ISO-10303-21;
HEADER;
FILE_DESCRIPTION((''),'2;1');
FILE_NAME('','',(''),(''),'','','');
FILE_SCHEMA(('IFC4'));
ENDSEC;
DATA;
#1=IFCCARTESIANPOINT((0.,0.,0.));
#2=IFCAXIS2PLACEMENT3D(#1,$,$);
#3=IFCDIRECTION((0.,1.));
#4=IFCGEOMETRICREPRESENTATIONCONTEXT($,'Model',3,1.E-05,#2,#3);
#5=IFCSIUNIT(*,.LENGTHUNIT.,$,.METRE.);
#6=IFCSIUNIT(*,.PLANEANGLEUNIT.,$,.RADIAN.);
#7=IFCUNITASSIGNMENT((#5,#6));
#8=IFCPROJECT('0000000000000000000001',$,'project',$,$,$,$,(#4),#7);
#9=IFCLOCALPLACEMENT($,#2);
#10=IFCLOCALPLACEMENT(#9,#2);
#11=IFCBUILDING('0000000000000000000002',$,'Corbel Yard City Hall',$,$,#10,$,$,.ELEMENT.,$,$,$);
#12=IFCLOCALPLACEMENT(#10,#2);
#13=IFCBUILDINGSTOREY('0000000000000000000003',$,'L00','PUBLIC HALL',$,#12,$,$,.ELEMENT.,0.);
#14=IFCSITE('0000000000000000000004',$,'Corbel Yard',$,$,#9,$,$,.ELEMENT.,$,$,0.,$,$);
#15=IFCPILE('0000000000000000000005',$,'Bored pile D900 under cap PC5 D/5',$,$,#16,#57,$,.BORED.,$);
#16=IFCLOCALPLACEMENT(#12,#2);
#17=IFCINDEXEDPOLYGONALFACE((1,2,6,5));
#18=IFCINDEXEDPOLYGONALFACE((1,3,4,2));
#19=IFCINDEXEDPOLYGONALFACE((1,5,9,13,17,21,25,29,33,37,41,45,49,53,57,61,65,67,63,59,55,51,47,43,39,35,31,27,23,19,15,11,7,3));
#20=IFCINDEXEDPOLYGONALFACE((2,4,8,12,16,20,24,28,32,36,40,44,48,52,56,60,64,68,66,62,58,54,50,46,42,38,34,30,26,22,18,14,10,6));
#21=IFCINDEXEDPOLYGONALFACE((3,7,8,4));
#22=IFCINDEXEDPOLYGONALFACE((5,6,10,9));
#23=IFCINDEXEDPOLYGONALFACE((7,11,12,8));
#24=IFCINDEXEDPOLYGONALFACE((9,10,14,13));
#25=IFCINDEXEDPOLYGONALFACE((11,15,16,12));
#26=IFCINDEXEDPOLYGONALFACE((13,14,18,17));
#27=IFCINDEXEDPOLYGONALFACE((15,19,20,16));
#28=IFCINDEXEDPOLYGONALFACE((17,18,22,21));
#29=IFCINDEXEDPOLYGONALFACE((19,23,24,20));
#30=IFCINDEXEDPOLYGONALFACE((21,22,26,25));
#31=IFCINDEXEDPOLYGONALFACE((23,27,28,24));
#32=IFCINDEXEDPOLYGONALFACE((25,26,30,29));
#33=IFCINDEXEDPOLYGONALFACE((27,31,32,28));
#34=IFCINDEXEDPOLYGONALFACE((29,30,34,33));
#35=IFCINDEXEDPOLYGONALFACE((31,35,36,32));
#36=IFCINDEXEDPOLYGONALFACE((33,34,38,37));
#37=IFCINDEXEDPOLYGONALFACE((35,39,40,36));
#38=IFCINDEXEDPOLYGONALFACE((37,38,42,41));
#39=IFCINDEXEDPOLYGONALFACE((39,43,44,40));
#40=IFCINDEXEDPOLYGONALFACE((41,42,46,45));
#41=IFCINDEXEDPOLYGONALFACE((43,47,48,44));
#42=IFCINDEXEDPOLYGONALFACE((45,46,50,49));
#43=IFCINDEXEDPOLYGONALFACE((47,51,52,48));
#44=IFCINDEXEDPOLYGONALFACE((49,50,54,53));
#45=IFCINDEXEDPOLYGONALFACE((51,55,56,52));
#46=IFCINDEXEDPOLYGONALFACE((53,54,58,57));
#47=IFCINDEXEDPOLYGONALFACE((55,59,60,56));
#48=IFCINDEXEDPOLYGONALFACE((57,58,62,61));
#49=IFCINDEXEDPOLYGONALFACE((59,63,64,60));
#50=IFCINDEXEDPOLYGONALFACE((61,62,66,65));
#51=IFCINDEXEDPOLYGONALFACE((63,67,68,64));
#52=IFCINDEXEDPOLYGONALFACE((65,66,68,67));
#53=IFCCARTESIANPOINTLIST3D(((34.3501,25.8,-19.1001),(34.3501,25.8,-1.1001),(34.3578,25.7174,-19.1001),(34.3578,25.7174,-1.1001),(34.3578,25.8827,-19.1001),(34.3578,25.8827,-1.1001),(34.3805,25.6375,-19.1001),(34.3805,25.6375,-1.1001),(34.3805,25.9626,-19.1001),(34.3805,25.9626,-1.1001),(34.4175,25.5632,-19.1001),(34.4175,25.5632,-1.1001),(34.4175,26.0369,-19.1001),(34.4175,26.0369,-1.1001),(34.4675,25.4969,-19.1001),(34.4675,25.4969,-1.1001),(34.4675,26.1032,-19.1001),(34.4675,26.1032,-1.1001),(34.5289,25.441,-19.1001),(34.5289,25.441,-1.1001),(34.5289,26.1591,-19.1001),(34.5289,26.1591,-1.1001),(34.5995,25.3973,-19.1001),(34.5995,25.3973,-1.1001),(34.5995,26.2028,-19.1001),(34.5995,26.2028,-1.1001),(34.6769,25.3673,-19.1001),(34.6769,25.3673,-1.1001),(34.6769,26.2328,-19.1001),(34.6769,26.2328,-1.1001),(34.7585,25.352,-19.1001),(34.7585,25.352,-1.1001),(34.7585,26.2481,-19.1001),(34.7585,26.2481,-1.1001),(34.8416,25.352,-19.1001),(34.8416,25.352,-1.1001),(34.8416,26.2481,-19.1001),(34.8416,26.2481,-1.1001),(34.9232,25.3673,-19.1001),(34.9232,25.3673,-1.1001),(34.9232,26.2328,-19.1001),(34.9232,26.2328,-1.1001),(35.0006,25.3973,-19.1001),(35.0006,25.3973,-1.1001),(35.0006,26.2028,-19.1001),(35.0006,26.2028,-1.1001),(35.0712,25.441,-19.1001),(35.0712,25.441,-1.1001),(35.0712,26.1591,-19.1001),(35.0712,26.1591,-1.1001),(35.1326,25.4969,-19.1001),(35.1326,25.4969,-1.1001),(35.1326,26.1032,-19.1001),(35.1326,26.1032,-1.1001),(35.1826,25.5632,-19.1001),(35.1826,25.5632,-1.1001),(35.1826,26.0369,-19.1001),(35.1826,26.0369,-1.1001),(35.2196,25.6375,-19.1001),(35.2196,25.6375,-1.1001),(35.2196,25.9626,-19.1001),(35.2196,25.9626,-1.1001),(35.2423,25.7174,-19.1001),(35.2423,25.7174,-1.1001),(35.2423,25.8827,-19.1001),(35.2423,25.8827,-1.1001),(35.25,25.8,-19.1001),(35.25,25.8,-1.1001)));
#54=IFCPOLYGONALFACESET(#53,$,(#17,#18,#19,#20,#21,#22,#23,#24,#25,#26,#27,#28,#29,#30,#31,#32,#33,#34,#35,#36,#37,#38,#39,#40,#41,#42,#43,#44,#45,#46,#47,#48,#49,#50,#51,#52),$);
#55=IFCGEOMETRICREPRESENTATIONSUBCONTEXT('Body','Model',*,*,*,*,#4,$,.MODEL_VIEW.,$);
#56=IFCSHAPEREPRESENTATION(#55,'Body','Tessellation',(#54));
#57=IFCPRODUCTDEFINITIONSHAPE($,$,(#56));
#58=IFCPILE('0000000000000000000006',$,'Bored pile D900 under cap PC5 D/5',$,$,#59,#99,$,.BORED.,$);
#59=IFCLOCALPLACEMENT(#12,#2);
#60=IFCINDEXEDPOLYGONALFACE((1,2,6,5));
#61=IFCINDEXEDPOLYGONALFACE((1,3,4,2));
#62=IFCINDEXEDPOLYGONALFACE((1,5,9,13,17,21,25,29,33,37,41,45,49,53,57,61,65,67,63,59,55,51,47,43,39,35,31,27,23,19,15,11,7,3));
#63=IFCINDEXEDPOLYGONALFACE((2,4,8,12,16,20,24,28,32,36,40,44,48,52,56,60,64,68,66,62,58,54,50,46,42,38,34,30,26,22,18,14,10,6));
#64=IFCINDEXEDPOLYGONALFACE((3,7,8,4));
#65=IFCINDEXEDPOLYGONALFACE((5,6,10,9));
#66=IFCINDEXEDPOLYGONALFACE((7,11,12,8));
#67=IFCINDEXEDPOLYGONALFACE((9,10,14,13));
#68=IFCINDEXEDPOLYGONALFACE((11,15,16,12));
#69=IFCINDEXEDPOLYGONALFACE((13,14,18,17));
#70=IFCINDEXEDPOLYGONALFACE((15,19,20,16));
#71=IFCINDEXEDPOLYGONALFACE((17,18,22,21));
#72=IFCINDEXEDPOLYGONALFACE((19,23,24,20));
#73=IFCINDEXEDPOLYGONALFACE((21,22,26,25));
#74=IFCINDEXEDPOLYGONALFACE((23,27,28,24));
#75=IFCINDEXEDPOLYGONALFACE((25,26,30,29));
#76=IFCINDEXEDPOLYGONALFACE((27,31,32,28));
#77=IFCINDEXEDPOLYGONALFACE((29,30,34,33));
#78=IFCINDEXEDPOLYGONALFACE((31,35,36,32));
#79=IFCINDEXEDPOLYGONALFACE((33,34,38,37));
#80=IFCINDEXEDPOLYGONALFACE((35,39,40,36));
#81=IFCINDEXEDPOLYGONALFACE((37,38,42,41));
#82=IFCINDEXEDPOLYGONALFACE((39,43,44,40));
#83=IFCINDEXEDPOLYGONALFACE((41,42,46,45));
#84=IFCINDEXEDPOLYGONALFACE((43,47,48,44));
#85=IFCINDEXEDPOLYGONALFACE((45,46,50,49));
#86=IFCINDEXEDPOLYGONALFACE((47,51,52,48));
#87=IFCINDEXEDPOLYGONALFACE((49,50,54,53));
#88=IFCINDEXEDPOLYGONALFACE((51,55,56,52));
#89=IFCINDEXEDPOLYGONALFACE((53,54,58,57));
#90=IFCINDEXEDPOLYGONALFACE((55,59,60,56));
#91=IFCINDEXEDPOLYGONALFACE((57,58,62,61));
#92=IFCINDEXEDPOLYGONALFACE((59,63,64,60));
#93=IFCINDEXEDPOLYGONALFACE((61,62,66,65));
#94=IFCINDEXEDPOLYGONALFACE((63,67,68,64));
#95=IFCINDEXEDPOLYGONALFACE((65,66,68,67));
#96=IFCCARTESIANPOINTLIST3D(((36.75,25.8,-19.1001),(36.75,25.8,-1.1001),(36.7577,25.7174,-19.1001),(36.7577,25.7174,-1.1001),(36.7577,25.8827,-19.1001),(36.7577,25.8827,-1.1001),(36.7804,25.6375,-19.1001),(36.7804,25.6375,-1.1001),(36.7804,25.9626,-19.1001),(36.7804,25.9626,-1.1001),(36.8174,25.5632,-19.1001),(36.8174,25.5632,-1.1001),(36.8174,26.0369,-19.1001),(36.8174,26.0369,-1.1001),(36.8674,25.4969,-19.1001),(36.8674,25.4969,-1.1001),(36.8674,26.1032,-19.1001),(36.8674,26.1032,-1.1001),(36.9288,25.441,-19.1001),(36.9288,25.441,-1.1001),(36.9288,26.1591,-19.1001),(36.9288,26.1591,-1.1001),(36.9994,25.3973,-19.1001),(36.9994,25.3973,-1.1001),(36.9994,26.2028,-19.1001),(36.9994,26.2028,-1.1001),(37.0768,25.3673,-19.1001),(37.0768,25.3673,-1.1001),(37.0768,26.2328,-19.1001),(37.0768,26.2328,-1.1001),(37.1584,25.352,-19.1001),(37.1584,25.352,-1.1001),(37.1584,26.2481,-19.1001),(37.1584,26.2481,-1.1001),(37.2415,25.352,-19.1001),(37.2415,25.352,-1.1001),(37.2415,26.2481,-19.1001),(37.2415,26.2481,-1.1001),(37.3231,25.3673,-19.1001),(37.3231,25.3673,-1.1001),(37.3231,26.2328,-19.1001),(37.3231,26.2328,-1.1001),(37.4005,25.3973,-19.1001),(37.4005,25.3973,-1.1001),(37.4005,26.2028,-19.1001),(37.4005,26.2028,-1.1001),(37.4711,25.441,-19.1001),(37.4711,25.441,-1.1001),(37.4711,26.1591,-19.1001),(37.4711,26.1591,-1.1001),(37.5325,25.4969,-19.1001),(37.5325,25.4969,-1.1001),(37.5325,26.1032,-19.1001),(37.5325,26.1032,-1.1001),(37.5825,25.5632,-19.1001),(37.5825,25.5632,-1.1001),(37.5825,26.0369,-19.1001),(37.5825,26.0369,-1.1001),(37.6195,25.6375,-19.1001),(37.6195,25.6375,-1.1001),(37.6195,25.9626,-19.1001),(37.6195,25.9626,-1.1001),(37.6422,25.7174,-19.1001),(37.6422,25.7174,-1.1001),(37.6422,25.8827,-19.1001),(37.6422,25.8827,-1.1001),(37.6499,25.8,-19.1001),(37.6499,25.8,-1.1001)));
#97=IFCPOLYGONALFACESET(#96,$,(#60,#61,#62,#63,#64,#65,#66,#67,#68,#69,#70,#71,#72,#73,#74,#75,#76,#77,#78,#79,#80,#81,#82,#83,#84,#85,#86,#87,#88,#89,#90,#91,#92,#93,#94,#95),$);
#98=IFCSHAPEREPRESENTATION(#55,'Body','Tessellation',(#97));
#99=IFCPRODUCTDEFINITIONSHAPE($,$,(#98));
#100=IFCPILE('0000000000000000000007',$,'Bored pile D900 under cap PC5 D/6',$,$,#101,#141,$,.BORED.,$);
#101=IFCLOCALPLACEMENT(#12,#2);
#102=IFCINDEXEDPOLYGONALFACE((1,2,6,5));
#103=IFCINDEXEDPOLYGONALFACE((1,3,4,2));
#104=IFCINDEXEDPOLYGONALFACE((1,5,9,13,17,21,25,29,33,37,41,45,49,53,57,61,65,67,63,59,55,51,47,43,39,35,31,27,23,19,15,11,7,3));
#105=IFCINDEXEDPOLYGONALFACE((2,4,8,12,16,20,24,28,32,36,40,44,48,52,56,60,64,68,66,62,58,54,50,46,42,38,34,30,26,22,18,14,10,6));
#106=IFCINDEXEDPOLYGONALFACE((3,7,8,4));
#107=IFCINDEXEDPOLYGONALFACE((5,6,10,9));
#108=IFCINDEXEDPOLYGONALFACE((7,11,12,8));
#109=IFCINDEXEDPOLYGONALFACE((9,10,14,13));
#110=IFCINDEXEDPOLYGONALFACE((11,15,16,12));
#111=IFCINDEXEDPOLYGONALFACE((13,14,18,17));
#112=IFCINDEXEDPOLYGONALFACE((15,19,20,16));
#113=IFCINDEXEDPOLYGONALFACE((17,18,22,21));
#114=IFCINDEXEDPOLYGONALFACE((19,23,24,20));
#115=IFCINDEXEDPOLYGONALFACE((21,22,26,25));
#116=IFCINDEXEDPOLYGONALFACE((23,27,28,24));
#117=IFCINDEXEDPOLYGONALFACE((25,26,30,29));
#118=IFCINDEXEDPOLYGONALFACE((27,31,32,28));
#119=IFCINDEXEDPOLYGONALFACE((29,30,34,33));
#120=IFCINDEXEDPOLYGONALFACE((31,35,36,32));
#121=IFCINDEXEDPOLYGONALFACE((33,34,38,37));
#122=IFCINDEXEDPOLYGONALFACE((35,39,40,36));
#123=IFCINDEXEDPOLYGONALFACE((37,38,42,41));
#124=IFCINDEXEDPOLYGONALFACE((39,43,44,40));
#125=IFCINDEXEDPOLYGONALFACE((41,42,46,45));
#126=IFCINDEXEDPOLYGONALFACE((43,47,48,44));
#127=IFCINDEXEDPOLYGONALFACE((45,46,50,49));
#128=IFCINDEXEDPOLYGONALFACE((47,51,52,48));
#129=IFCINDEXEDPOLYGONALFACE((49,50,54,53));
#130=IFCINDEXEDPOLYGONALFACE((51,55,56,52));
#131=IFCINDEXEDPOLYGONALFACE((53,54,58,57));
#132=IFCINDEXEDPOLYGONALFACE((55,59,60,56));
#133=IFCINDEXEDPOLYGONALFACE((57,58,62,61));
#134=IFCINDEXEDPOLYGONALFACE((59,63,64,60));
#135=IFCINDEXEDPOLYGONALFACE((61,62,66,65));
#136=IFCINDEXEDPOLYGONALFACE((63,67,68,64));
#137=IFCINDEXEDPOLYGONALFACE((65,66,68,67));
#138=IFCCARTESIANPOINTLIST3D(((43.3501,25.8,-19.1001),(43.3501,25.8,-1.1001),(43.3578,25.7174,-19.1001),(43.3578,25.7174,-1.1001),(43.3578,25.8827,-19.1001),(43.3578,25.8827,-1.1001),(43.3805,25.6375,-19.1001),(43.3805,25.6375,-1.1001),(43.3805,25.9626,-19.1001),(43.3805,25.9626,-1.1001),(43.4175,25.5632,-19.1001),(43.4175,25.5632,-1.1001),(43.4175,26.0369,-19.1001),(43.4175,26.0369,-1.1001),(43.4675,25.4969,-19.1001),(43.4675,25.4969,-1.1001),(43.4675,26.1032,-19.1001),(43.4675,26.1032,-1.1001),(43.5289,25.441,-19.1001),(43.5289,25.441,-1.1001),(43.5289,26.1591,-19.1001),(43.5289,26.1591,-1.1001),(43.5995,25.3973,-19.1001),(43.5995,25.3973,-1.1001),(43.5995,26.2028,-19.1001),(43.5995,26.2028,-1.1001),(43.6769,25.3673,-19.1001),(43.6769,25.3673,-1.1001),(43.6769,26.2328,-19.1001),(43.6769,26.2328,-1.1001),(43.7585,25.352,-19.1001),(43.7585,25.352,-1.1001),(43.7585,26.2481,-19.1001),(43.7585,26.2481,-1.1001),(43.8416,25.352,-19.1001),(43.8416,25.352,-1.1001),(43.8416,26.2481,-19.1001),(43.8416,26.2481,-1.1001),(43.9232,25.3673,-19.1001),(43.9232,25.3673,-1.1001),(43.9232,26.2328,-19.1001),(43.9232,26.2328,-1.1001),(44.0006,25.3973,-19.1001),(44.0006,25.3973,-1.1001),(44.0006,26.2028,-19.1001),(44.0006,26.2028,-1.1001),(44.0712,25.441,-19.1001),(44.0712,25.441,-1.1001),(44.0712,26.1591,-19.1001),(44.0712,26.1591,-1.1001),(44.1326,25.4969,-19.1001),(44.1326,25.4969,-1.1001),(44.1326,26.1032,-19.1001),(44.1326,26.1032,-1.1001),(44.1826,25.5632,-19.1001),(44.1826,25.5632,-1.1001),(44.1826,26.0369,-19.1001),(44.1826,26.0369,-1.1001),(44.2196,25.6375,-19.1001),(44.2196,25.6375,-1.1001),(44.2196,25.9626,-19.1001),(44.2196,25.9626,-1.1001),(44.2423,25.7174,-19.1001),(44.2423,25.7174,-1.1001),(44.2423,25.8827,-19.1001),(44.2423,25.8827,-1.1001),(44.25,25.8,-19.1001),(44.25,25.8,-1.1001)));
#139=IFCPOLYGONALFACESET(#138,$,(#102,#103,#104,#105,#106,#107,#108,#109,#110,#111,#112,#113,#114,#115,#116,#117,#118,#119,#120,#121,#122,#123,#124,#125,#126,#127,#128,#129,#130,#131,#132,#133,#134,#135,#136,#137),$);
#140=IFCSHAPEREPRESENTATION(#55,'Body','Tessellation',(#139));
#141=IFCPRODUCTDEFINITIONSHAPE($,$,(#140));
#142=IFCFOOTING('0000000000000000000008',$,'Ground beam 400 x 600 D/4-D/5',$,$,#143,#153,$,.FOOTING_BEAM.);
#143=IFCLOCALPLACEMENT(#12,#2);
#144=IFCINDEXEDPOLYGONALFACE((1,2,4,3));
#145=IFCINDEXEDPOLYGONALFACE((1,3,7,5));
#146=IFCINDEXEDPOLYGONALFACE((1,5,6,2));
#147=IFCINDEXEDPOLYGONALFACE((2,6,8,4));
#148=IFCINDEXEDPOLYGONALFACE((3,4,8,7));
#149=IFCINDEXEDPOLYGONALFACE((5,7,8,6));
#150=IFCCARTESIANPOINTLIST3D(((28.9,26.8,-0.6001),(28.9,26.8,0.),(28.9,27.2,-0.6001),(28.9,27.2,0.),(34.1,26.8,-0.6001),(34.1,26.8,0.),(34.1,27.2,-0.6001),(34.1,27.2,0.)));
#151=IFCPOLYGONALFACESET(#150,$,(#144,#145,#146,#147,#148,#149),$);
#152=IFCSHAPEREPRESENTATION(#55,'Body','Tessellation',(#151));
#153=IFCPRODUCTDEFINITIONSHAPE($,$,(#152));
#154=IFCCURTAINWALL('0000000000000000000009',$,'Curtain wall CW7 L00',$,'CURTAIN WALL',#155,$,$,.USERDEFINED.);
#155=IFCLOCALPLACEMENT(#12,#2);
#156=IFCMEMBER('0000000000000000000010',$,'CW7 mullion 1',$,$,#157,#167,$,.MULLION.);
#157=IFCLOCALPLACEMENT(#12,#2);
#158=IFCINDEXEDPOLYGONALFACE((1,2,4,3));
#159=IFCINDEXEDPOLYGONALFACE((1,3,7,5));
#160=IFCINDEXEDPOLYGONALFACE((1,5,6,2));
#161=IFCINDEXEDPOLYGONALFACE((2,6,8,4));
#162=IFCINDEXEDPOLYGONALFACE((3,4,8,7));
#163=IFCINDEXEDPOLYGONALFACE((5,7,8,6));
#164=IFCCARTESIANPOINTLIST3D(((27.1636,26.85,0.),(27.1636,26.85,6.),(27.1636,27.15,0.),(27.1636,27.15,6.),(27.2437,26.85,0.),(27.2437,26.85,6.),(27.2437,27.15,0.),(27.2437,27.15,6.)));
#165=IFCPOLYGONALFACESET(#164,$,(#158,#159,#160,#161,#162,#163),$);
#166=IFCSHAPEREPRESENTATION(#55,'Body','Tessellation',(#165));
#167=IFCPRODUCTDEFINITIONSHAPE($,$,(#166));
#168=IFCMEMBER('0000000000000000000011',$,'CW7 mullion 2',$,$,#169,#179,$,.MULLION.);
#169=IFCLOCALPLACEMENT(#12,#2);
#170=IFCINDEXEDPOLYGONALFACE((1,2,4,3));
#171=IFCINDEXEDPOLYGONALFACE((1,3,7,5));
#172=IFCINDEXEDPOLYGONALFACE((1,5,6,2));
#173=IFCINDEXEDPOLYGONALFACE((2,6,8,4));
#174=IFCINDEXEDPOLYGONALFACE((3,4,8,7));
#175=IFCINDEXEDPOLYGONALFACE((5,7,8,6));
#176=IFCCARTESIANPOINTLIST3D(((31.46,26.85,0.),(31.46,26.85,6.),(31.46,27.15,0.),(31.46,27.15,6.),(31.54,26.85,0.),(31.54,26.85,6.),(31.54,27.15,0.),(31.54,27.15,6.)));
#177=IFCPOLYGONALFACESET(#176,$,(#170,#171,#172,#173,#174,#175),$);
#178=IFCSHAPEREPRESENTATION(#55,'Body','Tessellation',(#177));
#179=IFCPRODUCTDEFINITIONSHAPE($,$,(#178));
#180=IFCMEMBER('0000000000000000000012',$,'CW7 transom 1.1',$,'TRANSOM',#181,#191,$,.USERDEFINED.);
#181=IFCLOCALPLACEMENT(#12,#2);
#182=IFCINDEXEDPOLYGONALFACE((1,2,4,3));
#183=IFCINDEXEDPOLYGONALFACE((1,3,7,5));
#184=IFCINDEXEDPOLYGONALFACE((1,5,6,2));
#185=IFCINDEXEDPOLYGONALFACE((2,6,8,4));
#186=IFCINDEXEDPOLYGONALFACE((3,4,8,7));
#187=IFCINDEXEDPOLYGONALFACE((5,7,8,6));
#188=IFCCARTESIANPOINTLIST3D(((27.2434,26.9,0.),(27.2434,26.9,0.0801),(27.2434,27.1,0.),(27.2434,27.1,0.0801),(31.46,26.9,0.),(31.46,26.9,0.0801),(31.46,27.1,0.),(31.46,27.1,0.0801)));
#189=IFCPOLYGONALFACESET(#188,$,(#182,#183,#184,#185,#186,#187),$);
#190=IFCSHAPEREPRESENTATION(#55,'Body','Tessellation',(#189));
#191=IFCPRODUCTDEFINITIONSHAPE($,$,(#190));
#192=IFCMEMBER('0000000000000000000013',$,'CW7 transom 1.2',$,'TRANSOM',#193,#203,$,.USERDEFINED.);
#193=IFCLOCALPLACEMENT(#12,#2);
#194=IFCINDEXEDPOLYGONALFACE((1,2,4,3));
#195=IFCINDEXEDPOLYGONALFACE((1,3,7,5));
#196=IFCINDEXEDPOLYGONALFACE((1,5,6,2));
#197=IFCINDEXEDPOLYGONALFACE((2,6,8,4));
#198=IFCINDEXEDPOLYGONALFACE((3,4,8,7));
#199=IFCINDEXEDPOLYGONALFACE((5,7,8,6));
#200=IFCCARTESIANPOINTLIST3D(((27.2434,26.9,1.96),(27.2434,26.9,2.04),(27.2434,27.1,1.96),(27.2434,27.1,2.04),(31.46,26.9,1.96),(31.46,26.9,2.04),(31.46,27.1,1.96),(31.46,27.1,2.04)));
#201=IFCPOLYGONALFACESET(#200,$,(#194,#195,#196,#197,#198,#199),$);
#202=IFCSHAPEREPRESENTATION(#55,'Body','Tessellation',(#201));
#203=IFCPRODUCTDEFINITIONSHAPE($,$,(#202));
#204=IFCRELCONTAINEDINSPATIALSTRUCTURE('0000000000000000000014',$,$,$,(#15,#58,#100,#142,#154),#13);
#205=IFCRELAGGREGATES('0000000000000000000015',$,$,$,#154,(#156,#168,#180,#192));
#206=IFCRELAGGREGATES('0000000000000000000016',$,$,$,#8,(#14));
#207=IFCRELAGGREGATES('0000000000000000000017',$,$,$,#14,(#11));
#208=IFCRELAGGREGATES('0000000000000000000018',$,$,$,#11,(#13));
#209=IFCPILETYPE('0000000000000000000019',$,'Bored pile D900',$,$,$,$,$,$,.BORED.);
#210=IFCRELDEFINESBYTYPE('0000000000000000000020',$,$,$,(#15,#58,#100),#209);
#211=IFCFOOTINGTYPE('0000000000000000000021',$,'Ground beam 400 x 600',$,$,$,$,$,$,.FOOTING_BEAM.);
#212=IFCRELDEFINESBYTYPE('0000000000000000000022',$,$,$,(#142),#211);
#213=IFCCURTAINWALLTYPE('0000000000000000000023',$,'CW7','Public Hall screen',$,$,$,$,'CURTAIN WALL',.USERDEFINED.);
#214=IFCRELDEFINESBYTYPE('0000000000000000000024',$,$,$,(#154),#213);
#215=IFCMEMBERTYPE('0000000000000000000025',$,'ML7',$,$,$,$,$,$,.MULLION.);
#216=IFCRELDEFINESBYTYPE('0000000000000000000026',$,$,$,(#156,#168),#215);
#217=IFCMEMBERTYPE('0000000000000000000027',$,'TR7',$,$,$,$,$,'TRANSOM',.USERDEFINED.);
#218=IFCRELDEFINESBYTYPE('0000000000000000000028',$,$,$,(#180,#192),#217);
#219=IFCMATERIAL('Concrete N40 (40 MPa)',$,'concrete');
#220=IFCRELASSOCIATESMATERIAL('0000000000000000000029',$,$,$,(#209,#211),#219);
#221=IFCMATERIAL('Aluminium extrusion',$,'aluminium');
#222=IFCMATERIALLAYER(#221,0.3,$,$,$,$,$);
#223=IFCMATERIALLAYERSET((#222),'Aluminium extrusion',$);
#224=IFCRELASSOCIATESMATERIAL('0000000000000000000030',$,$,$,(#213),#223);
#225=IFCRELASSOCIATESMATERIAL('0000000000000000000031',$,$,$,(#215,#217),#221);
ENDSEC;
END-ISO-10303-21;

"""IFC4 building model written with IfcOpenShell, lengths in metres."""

from ifc_helpers import new_model, si_unit, direction, frame, origin, origin_2d, place, context, subcontext, project, spatial, rectangle, circle, extrude, material, layer, layer_set, material_profile, profile_set, type_object, element, aggregate, save


model = new_model("IFC4")

# Units and contexts
model_context = context("Model", 3, precision=1e-05, world=origin(), true_north=direction((0.0, 1.0)))
body_context = subcontext(model_context, "Body", "Model", "MODEL_VIEW")
ifc_project = project(units=[si_unit("LENGTHUNIT", "METRE"), si_unit("PLANEANGLEUNIT", "RADIAN")], contexts=[model_context])

# Site, building, storey
site_placement = place(None, origin())
site = spatial("IfcSite", under=ifc_project, at=site_placement, Name="Corbel Yard", CompositionType="ELEMENT", RefElevation=0.0)
building_placement = place(site_placement, origin())
building = spatial("IfcBuilding", under=site, at=building_placement, Name="Corbel Yard City Hall", CompositionType="ELEMENT")
storey_placement = place(building_placement, origin())
storey = spatial("IfcBuildingStorey", under=building, at=storey_placement, Name="L00", Description="PUBLIC HALL", CompositionType="ELEMENT", Elevation=0.0)

# Piles
ifc_material_1 = material(Name="Concrete N40 (40 MPa)", Category="concrete")
ifc_material_profile_1 = material_profile(ifc_material_1, circle(Radius=0.45, at=origin_2d()), Name="D900")
ifc_profile_set_1 = profile_set([ifc_material_profile_1], Name="Concrete N40 (40 MPa)")
pile_type = type_object("IfcPileType", Name="Bored pile D900", PredefinedType="BORED", material=ifc_profile_set_1)
for number, where, z_axis, x_axis, name in (
    (1, (34.8, 25.8, -1.1001), (0.0, 0.0, -1.0), (1.0, 0.0, 0.0), "Bored pile D900 under cap PC5 D/5"),
    (2, (37.2, 25.8, -1.1001), (0.0, 0.0, -1.0), (1.0, 0.0, 0.0), "Bored pile D900 under cap PC5 D/5"),
    (3, (43.8, 25.8, -1.1001), (0.0, 0.0, -1.0), (1.0, 0.0, 0.0), "Bored pile D900 under cap PC5 D/6"),
):
    element("IfcPile", number, at=place(storey_placement, frame(where, z_axis=z_axis, x_axis=x_axis)), inside=storey, type_object=pile_type, Name=name, PredefinedType="BORED", context=body_context, shape_type="SweptSolid", body=[
        extrude(circle(Radius=0.45, at=origin_2d()), origin(), (0.0, 0.0, 1.0), 18.0),
    ])

# Footing
footing_type = type_object("IfcFootingType", Name="Ground beam 400 x 600", PredefinedType="FOOTING_BEAM", material=ifc_material_1)
footing_placement = place(storey_placement, frame((31.5, 27.0, -0.6001), z_axis=(0.0, 0.0, 1.0), x_axis=(1.0, 0.0, 0.0)))
element("IfcFooting", 4, at=footing_placement, inside=storey, type_object=footing_type, Name="Ground beam 400 x 600 D/4-D/5", PredefinedType="FOOTING_BEAM", context=body_context, shape_type="SweptSolid", body=[
    extrude(rectangle(XDim=5.2, YDim=0.3999, at=origin_2d()), origin(), (0.0, 0.0, 1.0), 0.6001),
])

# Curtain wall, members
ifc_material_2 = material(Name="Aluminium extrusion", Category="aluminium")
ifc_layer_1 = layer(ifc_material_2, 0.3)
ifc_layer_set_1 = layer_set([ifc_layer_1], Name="Aluminium extrusion")
curtain_wall_type = type_object("IfcCurtainWallType", Name="CW7", Description="Public Hall screen", ElementType="CURTAIN WALL", PredefinedType="USERDEFINED", material=ifc_layer_set_1)
curtain_wall_placement = place(storey_placement, origin())
curtain_wall = element("IfcCurtainWall", 5, at=curtain_wall_placement, inside=storey, type_object=curtain_wall_type, Name="Curtain wall CW7 L00", ObjectType="CURTAIN WALL", PredefinedType="USERDEFINED")
ifc_material_profile_2 = material_profile(ifc_material_2, rectangle(XDim=0.3, YDim=0.0801, at=origin_2d()), Name="300x80")
ifc_profile_set_2 = profile_set([ifc_material_profile_2], Name="Aluminium extrusion")
member_type_1 = type_object("IfcMemberType", Name="ML7", PredefinedType="MULLION", material=ifc_profile_set_2)
member_1_placement = place(storey_placement, frame((27.2036, 27.0, 0.0), z_axis=(0.0, 0.0, 1.0), x_axis=(0.0, 1.0, 0.0)))
member_1 = element("IfcMember", 6, at=member_1_placement, type_object=member_type_1, Name="CW7 mullion 1", PredefinedType="MULLION", context=body_context, shape_type="SweptSolid", body=[
    extrude(rectangle(XDim=0.3, YDim=0.0801, at=origin_2d()), origin(), (0.0, 0.0, 1.0), 6.0),
])
member_2_placement = place(storey_placement, frame((31.5, 27.0, 0.0), z_axis=(0.0, 0.0, 1.0), x_axis=(0.0, 1.0, 0.0)))
member_2 = element("IfcMember", 7, at=member_2_placement, type_object=member_type_1, Name="CW7 mullion 2", PredefinedType="MULLION", context=body_context, shape_type="SweptSolid", body=[
    extrude(rectangle(XDim=0.3, YDim=0.0801, at=origin_2d()), origin(), (0.0, 0.0, 1.0), 6.0),
])
ifc_material_profile_3 = material_profile(ifc_material_2, rectangle(XDim=0.2, YDim=0.0801, at=origin_2d()), Name="200x80")
ifc_profile_set_3 = profile_set([ifc_material_profile_3], Name="Aluminium extrusion")
member_type_2 = type_object("IfcMemberType", Name="TR7", ElementType="TRANSOM", PredefinedType="USERDEFINED", material=ifc_profile_set_3)
member_3_placement = place(storey_placement, frame((27.2434, 27.0, 0.04), z_axis=(1.0, 0.0, 0.0), x_axis=(0.0, 1.0, 0.0)))
member_3 = element("IfcMember", 8, at=member_3_placement, type_object=member_type_2, Name="CW7 transom 1.1", ObjectType="TRANSOM", PredefinedType="USERDEFINED", context=body_context, shape_type="SweptSolid", body=[
    extrude(rectangle(XDim=0.2, YDim=0.0801, at=origin_2d()), origin(), (0.0, 0.0, 1.0), 4.2166),
])
member_4_placement = place(storey_placement, frame((27.2434, 27.0, 2.0), z_axis=(1.0, 0.0, 0.0), x_axis=(0.0, 1.0, 0.0)))
member_4 = element("IfcMember", 9, at=member_4_placement, type_object=member_type_2, Name="CW7 transom 1.2", ObjectType="TRANSOM", PredefinedType="USERDEFINED", context=body_context, shape_type="SweptSolid", body=[
    extrude(rectangle(XDim=0.2, YDim=0.0801, at=origin_2d()), origin(), (0.0, 0.0, 1.0), 4.2166),
])
aggregate(curtain_wall, [member_1, member_2, member_3, member_4])

save(model, "model.ifc")
